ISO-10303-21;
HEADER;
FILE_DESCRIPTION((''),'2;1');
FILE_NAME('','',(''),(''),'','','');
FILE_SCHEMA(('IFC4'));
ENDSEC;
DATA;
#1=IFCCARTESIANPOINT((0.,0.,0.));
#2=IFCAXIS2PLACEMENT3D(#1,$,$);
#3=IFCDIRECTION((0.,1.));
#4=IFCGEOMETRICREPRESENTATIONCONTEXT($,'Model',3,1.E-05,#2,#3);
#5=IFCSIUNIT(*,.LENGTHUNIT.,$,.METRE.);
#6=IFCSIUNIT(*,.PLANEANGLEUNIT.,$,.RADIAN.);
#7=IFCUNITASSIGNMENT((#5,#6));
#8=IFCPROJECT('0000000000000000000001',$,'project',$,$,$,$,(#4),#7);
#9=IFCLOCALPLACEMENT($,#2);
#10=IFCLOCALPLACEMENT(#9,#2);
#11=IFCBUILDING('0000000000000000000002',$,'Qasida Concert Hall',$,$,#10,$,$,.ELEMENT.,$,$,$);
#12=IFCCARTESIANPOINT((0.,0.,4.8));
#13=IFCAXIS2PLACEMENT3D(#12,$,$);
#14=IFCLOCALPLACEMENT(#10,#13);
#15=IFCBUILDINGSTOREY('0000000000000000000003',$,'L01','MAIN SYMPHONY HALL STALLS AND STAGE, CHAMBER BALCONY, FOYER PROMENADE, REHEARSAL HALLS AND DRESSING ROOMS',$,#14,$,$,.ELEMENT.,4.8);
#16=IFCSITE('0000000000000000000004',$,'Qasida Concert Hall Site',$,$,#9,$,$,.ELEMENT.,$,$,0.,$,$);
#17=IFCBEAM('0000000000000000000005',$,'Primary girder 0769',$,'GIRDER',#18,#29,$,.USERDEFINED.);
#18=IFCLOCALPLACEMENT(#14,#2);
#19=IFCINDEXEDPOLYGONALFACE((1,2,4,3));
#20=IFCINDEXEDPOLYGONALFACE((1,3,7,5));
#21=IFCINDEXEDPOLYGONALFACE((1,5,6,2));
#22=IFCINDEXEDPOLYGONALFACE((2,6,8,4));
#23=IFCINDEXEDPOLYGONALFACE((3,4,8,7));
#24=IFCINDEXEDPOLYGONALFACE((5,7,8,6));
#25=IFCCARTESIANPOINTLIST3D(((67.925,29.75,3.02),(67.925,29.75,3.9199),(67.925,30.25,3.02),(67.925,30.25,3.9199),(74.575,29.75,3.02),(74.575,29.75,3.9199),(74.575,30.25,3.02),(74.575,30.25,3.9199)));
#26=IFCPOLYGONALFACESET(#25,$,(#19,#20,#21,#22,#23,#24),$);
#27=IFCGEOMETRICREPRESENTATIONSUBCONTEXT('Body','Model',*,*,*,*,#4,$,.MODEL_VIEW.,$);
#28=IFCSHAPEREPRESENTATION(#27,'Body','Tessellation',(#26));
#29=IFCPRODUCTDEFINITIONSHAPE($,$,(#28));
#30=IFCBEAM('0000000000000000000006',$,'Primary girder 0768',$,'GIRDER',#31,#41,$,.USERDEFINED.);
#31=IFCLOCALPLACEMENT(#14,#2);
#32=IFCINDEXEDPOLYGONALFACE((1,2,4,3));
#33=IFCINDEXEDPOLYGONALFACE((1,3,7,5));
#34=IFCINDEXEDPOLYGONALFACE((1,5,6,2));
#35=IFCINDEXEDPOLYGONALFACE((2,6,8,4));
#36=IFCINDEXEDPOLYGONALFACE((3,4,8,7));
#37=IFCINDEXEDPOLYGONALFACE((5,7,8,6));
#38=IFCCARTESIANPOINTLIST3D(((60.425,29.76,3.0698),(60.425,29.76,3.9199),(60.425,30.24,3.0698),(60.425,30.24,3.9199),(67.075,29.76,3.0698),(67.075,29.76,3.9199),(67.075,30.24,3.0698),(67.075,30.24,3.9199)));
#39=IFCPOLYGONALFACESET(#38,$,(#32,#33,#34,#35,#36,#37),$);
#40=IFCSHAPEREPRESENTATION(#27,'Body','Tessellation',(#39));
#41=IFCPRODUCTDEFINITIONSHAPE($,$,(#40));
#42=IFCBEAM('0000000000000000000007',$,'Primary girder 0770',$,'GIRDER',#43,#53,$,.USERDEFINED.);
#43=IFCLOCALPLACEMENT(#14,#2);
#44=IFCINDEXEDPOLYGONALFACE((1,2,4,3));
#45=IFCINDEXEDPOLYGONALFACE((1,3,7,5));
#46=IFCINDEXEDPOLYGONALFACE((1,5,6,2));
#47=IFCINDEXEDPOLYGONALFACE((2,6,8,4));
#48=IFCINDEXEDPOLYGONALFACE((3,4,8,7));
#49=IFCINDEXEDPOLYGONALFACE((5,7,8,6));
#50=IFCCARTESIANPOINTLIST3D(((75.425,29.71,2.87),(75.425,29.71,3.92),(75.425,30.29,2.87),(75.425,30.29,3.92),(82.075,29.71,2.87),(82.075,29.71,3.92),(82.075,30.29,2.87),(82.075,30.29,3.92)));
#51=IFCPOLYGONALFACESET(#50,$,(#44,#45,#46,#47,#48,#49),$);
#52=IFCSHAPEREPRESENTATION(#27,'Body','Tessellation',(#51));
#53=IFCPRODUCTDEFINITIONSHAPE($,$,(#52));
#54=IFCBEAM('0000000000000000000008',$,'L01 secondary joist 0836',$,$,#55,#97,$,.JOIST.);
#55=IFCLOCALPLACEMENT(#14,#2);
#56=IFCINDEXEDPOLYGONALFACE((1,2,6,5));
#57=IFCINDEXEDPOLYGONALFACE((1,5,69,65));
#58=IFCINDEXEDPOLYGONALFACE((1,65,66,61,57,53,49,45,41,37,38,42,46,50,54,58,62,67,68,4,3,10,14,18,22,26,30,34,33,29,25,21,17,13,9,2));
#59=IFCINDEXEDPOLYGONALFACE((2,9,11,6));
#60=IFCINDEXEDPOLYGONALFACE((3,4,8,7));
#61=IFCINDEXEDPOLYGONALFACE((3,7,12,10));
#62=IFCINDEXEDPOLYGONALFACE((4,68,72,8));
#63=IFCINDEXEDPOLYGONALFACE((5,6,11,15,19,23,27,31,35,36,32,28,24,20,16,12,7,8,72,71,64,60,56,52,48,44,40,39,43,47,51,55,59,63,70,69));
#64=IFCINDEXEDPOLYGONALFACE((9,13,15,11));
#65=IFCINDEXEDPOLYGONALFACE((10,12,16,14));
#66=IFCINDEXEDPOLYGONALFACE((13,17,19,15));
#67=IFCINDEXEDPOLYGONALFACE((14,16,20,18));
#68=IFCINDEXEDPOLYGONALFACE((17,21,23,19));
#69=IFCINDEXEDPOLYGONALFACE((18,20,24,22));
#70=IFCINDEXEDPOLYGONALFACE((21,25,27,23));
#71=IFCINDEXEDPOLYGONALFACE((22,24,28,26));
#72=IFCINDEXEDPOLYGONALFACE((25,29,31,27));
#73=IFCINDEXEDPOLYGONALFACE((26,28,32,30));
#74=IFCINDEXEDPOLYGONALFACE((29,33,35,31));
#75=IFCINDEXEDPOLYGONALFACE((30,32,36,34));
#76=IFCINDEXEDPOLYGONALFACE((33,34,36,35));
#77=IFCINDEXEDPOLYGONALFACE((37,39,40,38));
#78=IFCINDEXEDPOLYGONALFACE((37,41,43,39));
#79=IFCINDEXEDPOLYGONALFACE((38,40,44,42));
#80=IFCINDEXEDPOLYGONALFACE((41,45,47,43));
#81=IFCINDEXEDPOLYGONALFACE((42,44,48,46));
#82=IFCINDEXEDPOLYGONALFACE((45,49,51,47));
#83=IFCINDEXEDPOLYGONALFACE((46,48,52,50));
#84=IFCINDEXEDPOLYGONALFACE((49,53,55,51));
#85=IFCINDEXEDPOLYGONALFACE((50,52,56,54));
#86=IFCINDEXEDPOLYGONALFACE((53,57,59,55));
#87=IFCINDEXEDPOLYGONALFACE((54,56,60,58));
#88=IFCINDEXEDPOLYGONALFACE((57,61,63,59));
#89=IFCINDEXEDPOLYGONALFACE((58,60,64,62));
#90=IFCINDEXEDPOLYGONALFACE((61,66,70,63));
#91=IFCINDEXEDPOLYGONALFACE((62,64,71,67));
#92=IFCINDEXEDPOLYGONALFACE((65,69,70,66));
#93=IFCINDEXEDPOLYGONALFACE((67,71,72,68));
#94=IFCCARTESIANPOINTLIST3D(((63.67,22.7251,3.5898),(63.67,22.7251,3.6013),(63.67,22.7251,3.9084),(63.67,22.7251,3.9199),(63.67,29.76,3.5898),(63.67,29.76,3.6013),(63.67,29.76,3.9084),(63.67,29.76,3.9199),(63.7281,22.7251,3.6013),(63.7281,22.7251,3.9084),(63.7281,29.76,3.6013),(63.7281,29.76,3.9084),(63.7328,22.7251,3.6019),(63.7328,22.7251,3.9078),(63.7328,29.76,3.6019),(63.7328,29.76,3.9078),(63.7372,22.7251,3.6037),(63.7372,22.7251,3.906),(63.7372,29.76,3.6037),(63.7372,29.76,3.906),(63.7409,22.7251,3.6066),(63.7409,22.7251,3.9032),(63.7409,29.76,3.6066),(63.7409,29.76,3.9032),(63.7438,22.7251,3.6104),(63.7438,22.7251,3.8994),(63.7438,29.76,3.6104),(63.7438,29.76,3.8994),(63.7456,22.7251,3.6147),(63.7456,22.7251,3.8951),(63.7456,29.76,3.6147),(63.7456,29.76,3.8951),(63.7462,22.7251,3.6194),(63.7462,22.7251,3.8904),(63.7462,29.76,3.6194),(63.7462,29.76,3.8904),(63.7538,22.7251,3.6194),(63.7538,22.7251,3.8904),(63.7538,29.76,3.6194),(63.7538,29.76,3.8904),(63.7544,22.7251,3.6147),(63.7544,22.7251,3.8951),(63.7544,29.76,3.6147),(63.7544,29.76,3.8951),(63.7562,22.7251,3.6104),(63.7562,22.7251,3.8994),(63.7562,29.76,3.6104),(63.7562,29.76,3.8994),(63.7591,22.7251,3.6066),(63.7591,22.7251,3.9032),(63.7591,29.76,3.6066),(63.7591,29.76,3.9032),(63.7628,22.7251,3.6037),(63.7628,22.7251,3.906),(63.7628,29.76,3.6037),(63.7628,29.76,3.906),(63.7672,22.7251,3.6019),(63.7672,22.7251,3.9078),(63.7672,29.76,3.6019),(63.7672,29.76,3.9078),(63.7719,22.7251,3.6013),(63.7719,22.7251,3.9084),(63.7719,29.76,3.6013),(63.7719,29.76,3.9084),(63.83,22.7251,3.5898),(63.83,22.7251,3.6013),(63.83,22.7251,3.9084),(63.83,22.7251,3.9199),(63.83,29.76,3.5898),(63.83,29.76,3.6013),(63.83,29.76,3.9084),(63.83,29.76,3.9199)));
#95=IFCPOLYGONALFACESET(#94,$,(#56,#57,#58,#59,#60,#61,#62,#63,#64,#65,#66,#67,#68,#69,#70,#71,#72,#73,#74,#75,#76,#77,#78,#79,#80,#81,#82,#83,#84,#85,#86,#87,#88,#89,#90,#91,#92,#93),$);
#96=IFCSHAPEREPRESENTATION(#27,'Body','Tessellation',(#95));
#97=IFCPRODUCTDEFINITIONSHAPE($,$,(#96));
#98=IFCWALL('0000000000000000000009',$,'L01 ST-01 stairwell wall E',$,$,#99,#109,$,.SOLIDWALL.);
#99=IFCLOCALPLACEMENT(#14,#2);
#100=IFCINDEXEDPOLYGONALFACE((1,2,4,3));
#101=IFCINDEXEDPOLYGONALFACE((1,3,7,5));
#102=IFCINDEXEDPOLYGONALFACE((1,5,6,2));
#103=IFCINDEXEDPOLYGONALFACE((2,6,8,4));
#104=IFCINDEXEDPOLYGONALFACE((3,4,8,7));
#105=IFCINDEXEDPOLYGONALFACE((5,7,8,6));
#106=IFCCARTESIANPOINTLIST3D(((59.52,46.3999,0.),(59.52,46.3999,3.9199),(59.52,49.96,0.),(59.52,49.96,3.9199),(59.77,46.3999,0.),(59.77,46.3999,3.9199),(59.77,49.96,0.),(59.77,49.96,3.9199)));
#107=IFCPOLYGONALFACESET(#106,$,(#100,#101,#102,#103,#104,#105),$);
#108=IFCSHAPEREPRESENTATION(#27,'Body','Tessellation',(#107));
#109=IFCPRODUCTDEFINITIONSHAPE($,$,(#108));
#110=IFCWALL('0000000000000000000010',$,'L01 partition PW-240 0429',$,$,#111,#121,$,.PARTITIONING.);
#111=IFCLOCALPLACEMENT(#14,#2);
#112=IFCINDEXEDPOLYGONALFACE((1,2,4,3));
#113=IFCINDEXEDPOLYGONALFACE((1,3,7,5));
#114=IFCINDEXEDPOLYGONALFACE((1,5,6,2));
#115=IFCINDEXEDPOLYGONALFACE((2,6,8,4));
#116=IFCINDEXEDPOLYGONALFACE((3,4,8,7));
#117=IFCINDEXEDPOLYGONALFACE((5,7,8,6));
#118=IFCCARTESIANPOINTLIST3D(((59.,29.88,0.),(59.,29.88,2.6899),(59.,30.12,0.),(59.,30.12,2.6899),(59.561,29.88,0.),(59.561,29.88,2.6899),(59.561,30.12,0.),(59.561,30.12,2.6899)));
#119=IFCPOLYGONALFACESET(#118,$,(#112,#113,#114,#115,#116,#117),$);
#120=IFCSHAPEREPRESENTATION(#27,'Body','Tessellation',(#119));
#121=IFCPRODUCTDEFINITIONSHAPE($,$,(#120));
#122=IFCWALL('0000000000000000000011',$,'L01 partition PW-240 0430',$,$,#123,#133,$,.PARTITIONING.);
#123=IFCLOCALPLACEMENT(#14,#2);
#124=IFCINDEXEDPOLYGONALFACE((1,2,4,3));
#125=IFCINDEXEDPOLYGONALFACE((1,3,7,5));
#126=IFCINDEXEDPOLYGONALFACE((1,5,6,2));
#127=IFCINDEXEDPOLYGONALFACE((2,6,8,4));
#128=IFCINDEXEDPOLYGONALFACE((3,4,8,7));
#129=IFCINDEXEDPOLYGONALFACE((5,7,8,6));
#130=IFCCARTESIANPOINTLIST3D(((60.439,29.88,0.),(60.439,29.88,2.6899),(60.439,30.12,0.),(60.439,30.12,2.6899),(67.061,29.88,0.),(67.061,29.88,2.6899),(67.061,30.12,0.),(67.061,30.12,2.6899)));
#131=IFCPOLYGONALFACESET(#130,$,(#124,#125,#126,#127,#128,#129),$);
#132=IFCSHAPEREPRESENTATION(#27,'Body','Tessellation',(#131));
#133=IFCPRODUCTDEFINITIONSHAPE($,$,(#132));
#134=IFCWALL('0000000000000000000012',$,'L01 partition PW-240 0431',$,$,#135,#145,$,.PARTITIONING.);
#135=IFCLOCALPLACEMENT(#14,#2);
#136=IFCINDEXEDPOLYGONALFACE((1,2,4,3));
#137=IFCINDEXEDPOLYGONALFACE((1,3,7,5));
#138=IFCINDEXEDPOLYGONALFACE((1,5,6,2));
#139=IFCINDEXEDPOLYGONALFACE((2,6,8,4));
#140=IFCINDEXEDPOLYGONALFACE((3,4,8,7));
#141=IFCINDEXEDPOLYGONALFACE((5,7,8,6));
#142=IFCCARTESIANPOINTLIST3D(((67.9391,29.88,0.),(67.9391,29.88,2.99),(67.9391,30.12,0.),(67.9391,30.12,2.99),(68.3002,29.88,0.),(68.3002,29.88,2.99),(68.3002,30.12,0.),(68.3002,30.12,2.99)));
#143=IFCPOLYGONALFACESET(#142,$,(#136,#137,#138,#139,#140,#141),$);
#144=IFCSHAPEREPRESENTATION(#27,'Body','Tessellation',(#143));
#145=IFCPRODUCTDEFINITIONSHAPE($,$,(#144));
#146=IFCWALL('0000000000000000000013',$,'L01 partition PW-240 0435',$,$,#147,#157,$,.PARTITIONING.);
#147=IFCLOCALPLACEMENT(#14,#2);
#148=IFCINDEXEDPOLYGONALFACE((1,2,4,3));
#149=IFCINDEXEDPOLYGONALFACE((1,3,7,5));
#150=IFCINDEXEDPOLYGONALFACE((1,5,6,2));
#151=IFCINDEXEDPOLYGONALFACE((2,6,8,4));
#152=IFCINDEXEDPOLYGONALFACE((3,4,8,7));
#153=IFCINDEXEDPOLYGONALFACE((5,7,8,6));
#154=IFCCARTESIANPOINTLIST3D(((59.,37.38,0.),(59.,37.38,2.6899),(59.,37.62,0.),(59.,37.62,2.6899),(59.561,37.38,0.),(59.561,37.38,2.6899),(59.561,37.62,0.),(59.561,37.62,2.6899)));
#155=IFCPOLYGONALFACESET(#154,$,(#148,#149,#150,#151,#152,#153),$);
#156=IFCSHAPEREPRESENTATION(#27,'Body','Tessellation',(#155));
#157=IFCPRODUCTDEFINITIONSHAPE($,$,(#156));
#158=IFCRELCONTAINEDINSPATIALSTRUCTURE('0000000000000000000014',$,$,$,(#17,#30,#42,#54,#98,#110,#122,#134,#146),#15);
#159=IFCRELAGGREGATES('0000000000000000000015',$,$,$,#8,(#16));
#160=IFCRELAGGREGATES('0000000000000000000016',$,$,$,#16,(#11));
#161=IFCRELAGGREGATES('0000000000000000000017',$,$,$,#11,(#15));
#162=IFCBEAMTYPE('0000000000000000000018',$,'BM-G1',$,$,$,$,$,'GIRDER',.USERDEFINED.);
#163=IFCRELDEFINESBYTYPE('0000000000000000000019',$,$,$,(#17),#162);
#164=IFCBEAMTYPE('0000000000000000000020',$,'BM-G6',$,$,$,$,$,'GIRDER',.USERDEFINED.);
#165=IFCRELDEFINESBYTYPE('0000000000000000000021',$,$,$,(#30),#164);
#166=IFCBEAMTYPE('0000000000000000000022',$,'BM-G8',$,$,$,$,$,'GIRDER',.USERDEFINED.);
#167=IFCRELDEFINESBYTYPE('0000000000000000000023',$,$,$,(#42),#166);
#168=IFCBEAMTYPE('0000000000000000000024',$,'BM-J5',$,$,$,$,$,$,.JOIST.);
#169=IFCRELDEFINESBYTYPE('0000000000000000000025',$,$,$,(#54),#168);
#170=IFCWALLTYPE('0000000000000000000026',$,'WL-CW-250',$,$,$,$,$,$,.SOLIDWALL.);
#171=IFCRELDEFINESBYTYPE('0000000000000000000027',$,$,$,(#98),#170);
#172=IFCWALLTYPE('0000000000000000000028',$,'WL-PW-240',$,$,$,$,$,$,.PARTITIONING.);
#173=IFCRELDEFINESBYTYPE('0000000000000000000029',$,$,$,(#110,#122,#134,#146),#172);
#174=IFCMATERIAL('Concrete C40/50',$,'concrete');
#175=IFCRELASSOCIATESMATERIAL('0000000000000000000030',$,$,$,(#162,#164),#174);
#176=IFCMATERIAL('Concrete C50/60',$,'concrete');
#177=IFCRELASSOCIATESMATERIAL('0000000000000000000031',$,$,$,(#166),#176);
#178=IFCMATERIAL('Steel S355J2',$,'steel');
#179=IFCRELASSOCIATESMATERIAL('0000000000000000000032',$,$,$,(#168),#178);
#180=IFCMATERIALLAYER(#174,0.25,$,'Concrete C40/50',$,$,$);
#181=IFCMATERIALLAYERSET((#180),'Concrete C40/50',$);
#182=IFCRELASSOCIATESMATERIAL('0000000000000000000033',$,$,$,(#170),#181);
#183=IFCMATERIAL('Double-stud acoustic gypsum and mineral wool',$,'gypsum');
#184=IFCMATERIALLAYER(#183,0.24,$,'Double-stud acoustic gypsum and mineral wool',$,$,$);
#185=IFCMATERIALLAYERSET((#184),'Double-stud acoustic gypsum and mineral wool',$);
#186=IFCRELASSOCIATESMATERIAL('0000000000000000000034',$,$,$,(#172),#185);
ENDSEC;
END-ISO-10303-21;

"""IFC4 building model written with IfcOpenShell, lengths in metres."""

from ifc_helpers import new_model, si_unit, direction, frame, frame_2d, origin, origin_2d, place, context, subcontext, project, spatial, rectangle, i_section, extrude, material, layer, layer_set, material_profile, profile_set, type_object, element, save


model = new_model("IFC4")

# Units and contexts
model_context = context("Model", 3, precision=1e-05, world=origin(), true_north=direction((0.0, 1.0)))
body_context = subcontext(model_context, "Body", "Model", "MODEL_VIEW")
ifc_project = project(units=[si_unit("LENGTHUNIT", "METRE"), si_unit("PLANEANGLEUNIT", "RADIAN")], contexts=[model_context])

# Site, building, storey
site_placement = place(None, origin())
site = spatial("IfcSite", under=ifc_project, at=site_placement, Name="Qasida Concert Hall Site", CompositionType="ELEMENT", RefElevation=0.0)
building_placement = place(site_placement, origin())
building = spatial("IfcBuilding", under=site, at=building_placement, Name="Qasida Concert Hall", CompositionType="ELEMENT")
storey_placement = place(building_placement, frame((0.0, 0.0, 4.8)))
storey = spatial("IfcBuildingStorey", under=building, at=storey_placement, Name="L01", Description="MAIN SYMPHONY HALL STALLS AND STAGE, CHAMBER BALCONY, FOYER PROMENADE, REHEARSAL HALLS AND DRESSING ROOMS", CompositionType="ELEMENT", Elevation=4.8)

# Shared definitions
ifc_material_1 = material(Name="Concrete C50/60", Category="concrete")

# Beams
ifc_material_2 = material(Name="Concrete C40/50", Category="concrete")
ifc_material_3 = material(Name="Steel S355J2", Category="steel")
ifc_material_profile_1 = material_profile(ifc_material_2, rectangle(XDim=0.5, YDim=0.8999, at=origin_2d()), Name="RC 500x900")
ifc_profile_set_1 = profile_set([ifc_material_profile_1], Name="Concrete C40/50")
beam_type_1 = type_object("IfcBeamType", Name="BM-G1", ElementType="GIRDER", PredefinedType="USERDEFINED", material=ifc_profile_set_1)
beam_1_placement = place(storey_placement, frame((67.925, 30.0, 3.47), z_axis=(1.0, 0.0, 0.0), x_axis=(0.0, 1.0, 0.0)))
element("IfcBeam", 1, at=beam_1_placement, inside=storey, type_object=beam_type_1, Name="Primary girder 0769", ObjectType="GIRDER", PredefinedType="USERDEFINED", context=body_context, shape_type="SweptSolid", body=[
    extrude(rectangle(XDim=0.5, YDim=0.8999, at=origin_2d()), origin(), (0.0, 0.0, 1.0), 6.6499),
])
ifc_material_profile_2 = material_profile(ifc_material_2, rectangle(XDim=0.48, YDim=0.8501, at=origin_2d()), Name="RC 480x850")
ifc_profile_set_2 = profile_set([ifc_material_profile_2], Name="Concrete C40/50")
beam_type_2 = type_object("IfcBeamType", Name="BM-G6", ElementType="GIRDER", PredefinedType="USERDEFINED", material=ifc_profile_set_2)
beam_2_placement = place(storey_placement, frame((60.425, 30.0, 3.4949), z_axis=(1.0, 0.0, 0.0), x_axis=(0.0, 1.0, 0.0)))
element("IfcBeam", 2, at=beam_2_placement, inside=storey, type_object=beam_type_2, Name="Primary girder 0768", ObjectType="GIRDER", PredefinedType="USERDEFINED", context=body_context, shape_type="SweptSolid", body=[
    extrude(rectangle(XDim=0.48, YDim=0.8501, at=origin_2d()), origin(), (0.0, 0.0, 1.0), 6.6499),
])
ifc_material_profile_3 = material_profile(ifc_material_1, rectangle(XDim=0.5801, YDim=1.05, at=origin_2d()), Name="RC 580x1050")
ifc_profile_set_3 = profile_set([ifc_material_profile_3], Name="Concrete C50/60")
beam_type_3 = type_object("IfcBeamType", Name="BM-G8", ElementType="GIRDER", PredefinedType="USERDEFINED", material=ifc_profile_set_3)
beam_3_placement = place(storey_placement, frame((75.425, 30.0, 3.395), z_axis=(1.0, 0.0, 0.0), x_axis=(0.0, 1.0, 0.0)))
element("IfcBeam", 3, at=beam_3_placement, inside=storey, type_object=beam_type_3, Name="Primary girder 0770", ObjectType="GIRDER", PredefinedType="USERDEFINED", context=body_context, shape_type="SweptSolid", body=[
    extrude(rectangle(XDim=0.5801, YDim=1.05, at=origin_2d()), origin(), (0.0, 0.0, 1.0), 6.6499),
])
ifc_material_profile_4 = material_profile(ifc_material_3, i_section(OverallWidth=0.1599, OverallDepth=0.3301, WebThickness=0.0076, FlangeThickness=0.0115, FilletRadius=0.0181, at=origin_2d()), Name="IPE 330")
ifc_profile_set_4 = profile_set([ifc_material_profile_4], Name="Steel S355J2")
beam_type_4 = type_object("IfcBeamType", Name="BM-J5", PredefinedType="JOIST", material=ifc_profile_set_4)
beam_4_placement = place(storey_placement, frame((63.75, 22.7251, 3.7549), z_axis=(0.0, 1.0, 0.0), x_axis=(-1.0, 0.0, 0.0)))
element("IfcBeam", 4, at=beam_4_placement, inside=storey, type_object=beam_type_4, Name="L01 secondary joist 0836", PredefinedType="JOIST", context=body_context, shape_type="SweptSolid", body=[
    extrude(i_section(OverallWidth=0.1599, OverallDepth=0.3301, WebThickness=0.0076, FlangeThickness=0.0115, FilletRadius=0.0181, at=origin_2d()), origin(), (0.0, 0.0, 1.0), 7.0349),
])

# Walls
ifc_layer_1 = layer(ifc_material_2, 0.25, Name="Concrete C40/50")
ifc_layer_set_1 = layer_set([ifc_layer_1], Name="Concrete C40/50")
wall_type_1 = type_object("IfcWallType", Name="WL-CW-250", PredefinedType="SOLIDWALL", material=ifc_layer_set_1)
wall_1_placement = place(storey_placement, frame((59.645, 46.3999, 0.0), z_axis=(0.0, 0.0, 1.0), x_axis=(0.0, 1.0, 0.0)))
element("IfcWall", 5, at=wall_1_placement, inside=storey, type_object=wall_type_1, Name="L01 ST-01 stairwell wall E", PredefinedType="SOLIDWALL", context=body_context, shape_type="SweptSolid", body=[
    extrude(rectangle(XDim=3.5601, YDim=0.25, at=frame_2d((1.78, 0.0))), origin(), (0.0, 0.0, 1.0), 3.9199),
])
ifc_material_4 = material(Name="Double-stud acoustic gypsum and mineral wool", Category="gypsum")
ifc_layer_2 = layer(ifc_material_4, 0.24, Name="Double-stud acoustic gypsum and mineral wool")
ifc_layer_set_2 = layer_set([ifc_layer_2], Name="Double-stud acoustic gypsum and mineral wool")
wall_type_2 = type_object("IfcWallType", Name="WL-PW-240", PredefinedType="PARTITIONING", material=ifc_layer_set_2)
wall_2_placement = place(storey_placement, frame((59.0, 30.0, 0.0), z_axis=(0.0, 0.0, 1.0), x_axis=(1.0, 0.0, 0.0)))
element("IfcWall", 6, at=wall_2_placement, inside=storey, type_object=wall_type_2, Name="L01 partition PW-240 0429", PredefinedType="PARTITIONING", context=body_context, shape_type="SweptSolid", body=[
    extrude(rectangle(XDim=0.561, YDim=0.24, at=frame_2d((0.2805, 0.0))), origin(), (0.0, 0.0, 1.0), 2.6899),
])
wall_3_placement = place(storey_placement, frame((60.439, 30.0, 0.0), z_axis=(0.0, 0.0, 1.0), x_axis=(1.0, 0.0, 0.0)))
element("IfcWall", 7, at=wall_3_placement, inside=storey, type_object=wall_type_2, Name="L01 partition PW-240 0430", PredefinedType="PARTITIONING", context=body_context, shape_type="SweptSolid", body=[
    extrude(rectangle(XDim=6.6221, YDim=0.24, at=frame_2d((3.311, 0.0))), origin(), (0.0, 0.0, 1.0), 2.6899),
])
wall_4_placement = place(storey_placement, frame((67.939, 30.0, 0.0), z_axis=(0.0, 0.0, 1.0), x_axis=(1.0, 0.0, 0.0)))
element("IfcWall", 8, at=wall_4_placement, inside=storey, type_object=wall_type_2, Name="L01 partition PW-240 0431", PredefinedType="PARTITIONING", context=body_context, shape_type="SweptSolid", body=[
    extrude(rectangle(XDim=0.3611, YDim=0.24, at=frame_2d((0.1807, 0.0))), origin(), (0.0, 0.0, 1.0), 2.99),
])
wall_5_placement = place(storey_placement, frame((59.0, 37.5, 0.0), z_axis=(0.0, 0.0, 1.0), x_axis=(1.0, 0.0, 0.0)))
element("IfcWall", 9, at=wall_5_placement, inside=storey, type_object=wall_type_2, Name="L01 partition PW-240 0435", PredefinedType="PARTITIONING", context=body_context, shape_type="SweptSolid", body=[
    extrude(rectangle(XDim=0.561, YDim=0.24, at=frame_2d((0.2805, 0.0))), origin(), (0.0, 0.0, 1.0), 2.6899),
])

save(model, "model.ifc")
